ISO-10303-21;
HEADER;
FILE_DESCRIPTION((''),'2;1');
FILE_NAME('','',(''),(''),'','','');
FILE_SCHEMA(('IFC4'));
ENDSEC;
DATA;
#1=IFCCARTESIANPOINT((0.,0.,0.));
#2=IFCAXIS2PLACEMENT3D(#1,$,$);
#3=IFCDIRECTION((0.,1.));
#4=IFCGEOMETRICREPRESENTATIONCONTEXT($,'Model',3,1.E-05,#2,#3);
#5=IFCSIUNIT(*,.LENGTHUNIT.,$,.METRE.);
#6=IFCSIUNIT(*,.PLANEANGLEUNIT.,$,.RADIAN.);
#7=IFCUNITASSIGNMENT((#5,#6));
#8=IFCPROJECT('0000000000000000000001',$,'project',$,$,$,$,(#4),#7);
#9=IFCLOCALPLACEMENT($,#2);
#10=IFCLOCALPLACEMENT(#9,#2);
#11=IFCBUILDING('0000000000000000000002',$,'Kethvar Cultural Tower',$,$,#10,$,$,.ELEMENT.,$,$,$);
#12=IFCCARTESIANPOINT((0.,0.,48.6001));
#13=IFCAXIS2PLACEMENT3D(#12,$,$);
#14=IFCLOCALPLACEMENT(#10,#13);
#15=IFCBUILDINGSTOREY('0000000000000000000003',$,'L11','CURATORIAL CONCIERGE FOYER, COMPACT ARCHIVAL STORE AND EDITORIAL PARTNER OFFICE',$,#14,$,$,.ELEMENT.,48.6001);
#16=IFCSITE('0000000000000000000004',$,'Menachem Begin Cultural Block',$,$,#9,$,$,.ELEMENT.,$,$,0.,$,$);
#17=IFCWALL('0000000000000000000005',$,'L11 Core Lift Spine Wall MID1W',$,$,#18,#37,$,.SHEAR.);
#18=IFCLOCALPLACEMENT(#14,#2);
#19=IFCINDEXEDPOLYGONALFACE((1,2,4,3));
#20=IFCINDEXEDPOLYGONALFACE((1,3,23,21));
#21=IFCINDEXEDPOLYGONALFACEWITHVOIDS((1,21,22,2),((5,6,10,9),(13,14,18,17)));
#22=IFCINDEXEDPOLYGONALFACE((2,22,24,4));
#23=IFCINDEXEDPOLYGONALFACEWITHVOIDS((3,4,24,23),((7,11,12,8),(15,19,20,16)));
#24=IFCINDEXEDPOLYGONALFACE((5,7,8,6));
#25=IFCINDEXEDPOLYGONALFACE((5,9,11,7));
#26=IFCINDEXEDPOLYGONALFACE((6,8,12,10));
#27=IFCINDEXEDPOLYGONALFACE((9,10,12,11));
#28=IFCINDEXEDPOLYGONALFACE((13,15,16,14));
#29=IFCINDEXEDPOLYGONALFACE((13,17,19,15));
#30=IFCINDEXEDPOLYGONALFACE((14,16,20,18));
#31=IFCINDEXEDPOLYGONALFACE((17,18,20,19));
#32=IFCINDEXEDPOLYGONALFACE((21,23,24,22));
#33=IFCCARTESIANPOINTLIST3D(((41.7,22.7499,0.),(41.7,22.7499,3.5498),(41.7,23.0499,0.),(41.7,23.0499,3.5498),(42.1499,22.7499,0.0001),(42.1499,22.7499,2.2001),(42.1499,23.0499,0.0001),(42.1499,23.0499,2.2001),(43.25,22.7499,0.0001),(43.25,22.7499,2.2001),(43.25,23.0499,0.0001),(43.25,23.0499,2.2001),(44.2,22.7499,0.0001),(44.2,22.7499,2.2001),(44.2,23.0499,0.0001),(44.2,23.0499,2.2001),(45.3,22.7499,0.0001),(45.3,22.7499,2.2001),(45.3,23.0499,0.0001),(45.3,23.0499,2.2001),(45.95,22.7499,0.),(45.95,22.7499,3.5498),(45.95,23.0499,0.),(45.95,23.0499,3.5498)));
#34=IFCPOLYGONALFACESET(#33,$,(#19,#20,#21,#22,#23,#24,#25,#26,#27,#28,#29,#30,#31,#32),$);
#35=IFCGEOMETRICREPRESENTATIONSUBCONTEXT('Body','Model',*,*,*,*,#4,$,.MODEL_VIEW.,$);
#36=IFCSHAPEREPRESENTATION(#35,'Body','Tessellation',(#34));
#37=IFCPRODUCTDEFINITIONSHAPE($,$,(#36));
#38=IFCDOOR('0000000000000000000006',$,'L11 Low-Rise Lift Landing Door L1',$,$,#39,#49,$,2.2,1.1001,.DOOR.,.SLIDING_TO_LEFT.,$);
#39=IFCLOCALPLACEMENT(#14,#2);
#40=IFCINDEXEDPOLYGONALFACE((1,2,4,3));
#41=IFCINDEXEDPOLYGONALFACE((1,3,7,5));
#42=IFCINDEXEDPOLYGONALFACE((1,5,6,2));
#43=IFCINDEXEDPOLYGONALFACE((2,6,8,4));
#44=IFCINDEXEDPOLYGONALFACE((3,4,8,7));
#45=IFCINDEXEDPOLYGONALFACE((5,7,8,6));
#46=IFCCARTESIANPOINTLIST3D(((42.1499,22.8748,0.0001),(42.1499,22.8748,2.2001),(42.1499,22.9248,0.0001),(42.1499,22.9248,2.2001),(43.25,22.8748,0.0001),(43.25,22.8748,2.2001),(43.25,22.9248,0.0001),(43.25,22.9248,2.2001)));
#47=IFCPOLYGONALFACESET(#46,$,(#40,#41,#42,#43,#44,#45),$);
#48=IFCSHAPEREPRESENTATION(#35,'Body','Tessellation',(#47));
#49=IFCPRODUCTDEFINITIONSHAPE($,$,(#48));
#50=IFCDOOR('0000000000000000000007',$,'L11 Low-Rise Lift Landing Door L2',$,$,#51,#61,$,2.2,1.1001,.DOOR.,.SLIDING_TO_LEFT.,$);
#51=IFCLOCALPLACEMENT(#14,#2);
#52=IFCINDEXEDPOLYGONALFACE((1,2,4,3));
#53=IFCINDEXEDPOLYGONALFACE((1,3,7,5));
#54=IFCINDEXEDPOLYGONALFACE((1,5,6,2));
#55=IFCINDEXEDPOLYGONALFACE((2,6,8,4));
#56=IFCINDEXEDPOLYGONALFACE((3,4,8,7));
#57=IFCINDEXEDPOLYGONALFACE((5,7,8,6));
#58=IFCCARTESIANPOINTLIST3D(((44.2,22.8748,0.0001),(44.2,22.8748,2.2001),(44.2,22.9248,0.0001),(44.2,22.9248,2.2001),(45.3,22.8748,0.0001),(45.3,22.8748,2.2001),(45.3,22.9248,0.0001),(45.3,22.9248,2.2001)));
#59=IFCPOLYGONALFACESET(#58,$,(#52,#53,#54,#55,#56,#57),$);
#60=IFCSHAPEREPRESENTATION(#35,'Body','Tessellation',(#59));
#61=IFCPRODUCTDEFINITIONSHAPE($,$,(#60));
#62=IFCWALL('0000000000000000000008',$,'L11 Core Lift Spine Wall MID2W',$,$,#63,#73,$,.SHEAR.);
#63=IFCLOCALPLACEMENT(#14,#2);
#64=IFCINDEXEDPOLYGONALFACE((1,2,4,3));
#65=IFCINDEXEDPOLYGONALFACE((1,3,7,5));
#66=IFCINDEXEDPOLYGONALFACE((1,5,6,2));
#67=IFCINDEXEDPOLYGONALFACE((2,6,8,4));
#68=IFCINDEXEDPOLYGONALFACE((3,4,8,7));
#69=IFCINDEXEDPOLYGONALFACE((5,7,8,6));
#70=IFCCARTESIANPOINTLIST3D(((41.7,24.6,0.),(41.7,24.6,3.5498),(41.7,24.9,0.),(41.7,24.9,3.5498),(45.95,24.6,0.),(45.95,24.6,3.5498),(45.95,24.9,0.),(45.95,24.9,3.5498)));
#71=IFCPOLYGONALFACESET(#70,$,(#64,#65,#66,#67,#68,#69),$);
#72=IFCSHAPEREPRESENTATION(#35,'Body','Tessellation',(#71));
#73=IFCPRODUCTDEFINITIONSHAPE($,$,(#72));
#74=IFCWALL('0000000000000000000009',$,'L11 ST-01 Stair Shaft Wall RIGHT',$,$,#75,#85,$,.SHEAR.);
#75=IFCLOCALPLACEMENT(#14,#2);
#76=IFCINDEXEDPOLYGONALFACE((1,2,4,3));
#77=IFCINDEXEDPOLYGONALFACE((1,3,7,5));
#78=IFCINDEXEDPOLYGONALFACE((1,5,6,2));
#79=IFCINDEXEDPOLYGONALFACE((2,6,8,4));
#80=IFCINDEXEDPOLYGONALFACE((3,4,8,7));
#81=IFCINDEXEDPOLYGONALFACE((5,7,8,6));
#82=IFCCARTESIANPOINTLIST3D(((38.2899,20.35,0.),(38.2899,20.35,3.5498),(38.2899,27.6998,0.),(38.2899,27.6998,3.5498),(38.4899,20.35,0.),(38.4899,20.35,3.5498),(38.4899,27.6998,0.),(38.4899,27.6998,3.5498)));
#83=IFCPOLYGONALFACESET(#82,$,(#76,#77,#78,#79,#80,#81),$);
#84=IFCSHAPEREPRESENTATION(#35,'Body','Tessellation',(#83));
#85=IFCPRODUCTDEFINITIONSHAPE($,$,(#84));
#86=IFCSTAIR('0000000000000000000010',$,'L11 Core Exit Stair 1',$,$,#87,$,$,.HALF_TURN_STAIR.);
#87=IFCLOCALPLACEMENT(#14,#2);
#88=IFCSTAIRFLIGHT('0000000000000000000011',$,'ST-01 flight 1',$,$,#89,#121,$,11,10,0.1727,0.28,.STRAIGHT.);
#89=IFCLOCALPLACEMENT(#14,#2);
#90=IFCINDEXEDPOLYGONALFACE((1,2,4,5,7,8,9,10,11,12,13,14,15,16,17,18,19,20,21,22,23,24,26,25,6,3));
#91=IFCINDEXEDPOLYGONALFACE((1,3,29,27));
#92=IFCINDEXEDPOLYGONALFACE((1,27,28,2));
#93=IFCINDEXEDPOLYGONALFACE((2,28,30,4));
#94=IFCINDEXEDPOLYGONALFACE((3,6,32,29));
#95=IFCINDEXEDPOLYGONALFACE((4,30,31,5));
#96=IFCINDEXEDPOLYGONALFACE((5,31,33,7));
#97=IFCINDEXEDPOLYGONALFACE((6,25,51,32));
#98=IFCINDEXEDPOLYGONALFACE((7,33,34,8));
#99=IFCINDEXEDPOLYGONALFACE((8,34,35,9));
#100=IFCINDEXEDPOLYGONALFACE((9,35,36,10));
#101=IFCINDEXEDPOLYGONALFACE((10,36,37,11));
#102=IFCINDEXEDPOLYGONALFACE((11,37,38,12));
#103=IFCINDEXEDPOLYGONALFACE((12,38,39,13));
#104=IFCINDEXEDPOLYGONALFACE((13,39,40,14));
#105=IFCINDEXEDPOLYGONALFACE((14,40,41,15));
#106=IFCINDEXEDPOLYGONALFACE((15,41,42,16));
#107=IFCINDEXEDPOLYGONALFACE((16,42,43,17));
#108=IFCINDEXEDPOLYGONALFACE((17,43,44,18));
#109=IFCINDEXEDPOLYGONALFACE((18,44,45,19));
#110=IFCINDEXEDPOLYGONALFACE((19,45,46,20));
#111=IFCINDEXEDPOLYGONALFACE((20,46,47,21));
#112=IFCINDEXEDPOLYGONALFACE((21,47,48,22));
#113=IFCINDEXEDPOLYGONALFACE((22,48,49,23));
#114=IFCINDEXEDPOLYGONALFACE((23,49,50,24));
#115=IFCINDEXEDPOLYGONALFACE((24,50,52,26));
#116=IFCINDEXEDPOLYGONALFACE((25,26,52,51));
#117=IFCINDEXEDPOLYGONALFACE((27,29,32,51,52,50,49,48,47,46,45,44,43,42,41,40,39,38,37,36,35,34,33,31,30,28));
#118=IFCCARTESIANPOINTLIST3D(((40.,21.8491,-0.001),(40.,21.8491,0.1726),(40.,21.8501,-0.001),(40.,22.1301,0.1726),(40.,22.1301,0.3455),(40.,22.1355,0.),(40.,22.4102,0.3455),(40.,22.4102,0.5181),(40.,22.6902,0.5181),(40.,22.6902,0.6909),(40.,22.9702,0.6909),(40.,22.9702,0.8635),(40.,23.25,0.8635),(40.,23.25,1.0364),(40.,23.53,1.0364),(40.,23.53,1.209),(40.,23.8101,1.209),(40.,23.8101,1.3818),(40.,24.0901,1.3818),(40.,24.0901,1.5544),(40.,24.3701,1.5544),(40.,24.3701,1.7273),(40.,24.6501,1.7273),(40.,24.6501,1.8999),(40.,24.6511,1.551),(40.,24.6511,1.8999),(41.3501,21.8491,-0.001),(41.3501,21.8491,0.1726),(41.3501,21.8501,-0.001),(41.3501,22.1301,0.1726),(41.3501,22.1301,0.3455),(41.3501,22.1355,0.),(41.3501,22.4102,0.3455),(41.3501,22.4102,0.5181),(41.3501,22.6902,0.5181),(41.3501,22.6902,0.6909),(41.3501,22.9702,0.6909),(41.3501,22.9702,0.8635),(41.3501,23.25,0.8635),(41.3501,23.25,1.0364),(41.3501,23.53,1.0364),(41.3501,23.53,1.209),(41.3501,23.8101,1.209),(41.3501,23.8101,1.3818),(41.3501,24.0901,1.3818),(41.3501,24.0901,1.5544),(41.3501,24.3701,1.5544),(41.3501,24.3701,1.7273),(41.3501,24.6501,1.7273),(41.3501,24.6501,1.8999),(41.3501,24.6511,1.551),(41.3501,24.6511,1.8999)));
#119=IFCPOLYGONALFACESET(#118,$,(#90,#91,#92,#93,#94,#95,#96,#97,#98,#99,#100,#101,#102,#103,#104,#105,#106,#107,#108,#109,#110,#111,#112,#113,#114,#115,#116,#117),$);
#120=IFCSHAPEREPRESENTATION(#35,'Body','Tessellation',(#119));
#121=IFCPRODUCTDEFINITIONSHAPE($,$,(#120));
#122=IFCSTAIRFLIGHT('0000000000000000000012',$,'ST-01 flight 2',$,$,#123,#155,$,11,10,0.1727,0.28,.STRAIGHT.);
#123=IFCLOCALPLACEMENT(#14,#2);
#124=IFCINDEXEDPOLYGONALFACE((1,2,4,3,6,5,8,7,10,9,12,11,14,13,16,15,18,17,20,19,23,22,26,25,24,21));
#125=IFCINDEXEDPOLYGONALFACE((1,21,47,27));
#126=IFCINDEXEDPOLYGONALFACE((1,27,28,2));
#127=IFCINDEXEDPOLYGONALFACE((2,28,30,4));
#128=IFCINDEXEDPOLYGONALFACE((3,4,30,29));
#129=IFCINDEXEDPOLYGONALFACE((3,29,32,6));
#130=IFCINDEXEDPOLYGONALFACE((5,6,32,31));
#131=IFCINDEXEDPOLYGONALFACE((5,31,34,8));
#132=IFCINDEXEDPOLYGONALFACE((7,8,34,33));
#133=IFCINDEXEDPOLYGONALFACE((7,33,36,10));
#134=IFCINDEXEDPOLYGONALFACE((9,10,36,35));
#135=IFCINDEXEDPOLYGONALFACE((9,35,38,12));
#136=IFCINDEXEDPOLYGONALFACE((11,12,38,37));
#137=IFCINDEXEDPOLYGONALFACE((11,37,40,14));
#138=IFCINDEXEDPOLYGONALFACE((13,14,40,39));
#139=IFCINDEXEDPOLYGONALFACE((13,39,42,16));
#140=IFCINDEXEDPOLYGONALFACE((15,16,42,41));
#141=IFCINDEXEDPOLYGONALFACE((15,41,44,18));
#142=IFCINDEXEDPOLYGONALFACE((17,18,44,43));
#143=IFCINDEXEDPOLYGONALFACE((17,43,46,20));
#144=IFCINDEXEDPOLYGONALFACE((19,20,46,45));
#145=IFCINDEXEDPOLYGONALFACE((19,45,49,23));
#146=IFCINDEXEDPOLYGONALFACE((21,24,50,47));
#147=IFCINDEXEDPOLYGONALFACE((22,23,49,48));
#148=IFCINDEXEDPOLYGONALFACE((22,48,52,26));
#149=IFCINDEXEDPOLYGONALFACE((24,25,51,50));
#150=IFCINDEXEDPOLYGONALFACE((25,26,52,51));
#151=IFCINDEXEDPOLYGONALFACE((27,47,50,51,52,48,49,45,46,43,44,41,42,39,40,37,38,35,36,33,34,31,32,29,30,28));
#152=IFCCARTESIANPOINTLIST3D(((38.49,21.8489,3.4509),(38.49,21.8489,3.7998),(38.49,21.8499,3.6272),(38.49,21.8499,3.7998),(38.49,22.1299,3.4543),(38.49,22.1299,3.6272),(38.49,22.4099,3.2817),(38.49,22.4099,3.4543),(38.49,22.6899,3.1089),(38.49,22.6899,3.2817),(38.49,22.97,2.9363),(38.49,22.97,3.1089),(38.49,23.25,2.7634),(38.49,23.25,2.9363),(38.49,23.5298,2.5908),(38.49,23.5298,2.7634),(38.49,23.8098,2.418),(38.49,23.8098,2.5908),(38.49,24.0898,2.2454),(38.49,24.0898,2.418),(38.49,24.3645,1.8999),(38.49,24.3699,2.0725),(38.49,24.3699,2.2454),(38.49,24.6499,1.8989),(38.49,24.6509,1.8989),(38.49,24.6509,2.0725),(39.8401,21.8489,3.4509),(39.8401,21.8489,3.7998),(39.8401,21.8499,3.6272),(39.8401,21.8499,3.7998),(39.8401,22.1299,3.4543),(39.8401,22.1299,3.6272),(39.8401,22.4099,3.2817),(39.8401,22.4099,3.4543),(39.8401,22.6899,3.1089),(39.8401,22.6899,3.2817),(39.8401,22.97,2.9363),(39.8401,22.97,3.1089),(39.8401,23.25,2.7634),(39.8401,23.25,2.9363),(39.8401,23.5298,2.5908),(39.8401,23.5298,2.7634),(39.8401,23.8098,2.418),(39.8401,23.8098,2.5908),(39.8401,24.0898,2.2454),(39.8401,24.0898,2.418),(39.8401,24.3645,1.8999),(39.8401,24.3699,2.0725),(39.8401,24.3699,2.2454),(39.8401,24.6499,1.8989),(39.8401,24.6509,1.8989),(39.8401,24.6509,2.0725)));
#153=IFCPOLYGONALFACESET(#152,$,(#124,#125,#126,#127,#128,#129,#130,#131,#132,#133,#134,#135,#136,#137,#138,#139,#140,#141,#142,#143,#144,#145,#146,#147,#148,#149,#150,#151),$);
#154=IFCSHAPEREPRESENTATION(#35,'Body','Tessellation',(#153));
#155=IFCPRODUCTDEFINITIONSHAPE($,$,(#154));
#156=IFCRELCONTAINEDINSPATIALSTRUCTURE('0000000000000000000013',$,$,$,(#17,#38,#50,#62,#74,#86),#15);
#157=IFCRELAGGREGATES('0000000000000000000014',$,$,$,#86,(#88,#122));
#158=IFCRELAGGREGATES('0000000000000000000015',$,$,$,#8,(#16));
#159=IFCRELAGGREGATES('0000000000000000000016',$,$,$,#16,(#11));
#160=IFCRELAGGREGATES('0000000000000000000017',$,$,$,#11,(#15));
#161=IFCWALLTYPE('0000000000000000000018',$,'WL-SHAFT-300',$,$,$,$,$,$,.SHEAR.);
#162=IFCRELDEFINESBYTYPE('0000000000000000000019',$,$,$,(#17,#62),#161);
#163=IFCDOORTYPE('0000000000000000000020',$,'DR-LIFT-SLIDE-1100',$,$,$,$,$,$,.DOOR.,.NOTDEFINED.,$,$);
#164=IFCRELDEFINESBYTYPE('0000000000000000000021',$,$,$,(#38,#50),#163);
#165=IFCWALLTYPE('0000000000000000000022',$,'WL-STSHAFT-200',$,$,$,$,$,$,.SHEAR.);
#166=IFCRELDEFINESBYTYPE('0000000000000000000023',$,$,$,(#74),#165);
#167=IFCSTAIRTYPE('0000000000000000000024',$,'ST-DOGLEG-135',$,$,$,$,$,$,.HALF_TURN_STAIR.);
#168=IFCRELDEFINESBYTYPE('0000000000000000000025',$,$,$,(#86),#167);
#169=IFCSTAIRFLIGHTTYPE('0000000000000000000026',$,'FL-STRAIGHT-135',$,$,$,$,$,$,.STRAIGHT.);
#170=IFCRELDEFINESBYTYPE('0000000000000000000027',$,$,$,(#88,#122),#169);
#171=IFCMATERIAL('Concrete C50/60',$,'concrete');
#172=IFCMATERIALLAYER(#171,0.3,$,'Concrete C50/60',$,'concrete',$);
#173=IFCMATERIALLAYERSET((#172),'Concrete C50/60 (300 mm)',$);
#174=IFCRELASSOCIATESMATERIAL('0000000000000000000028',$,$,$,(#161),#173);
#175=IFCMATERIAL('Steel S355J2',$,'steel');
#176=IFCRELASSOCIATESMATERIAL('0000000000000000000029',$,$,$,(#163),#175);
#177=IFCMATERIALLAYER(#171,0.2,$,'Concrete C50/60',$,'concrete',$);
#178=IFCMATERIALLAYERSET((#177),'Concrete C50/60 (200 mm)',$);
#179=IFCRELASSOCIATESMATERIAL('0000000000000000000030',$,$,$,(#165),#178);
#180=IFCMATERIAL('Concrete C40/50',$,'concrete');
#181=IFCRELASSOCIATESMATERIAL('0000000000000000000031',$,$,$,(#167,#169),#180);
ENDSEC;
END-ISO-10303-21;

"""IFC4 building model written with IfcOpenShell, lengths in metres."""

from ifc_helpers import new_model, si_unit, direction, frame, frame_2d, origin, place, context, subcontext, project, spatial, polyline, rectangle, outline, extrude, source, transform, mapped, material, layer, layer_set, type_object, element, fill, aggregate, save


model = new_model("IFC4")

# Units and contexts
model_context = context("Model", 3, precision=1e-05, world=origin(), true_north=direction((0.0, 1.0)))
body_context = subcontext(model_context, "Body", "Model", "MODEL_VIEW")
ifc_project = project(units=[si_unit("LENGTHUNIT", "METRE"), si_unit("PLANEANGLEUNIT", "RADIAN")], contexts=[model_context])

# Site, building, storey
site_placement = place(None, origin())
site = spatial("IfcSite", under=ifc_project, at=site_placement, Name="Menachem Begin Cultural Block", CompositionType="ELEMENT", RefElevation=0.0)
building_placement = place(site_placement, origin())
building = spatial("IfcBuilding", under=site, at=building_placement, Name="Kethvar Cultural Tower", CompositionType="ELEMENT")
storey_placement = place(building_placement, frame((0.0, 0.0, 48.6001)))
storey = spatial("IfcBuildingStorey", under=building, at=storey_placement, Name="L11", Description="CURATORIAL CONCIERGE FOYER, COMPACT ARCHIVAL STORE AND EDITORIAL PARTNER OFFICE", CompositionType="ELEMENT", Elevation=48.6001)

# Shared definitions
ifc_material_1 = material(Name="Steel S355J2", Category="steel")

# Wall, openings, doors
ifc_material_2 = material(Name="Concrete C50/60", Category="concrete")
ifc_layer_1 = layer(ifc_material_2, 0.3, Name="Concrete C50/60", Category="concrete")
ifc_layer_set_1 = layer_set([ifc_layer_1], Name="Concrete C50/60 (300 mm)")
wall_type_1 = type_object("IfcWallType", Name="WL-SHAFT-300", PredefinedType="SHEAR", material=ifc_layer_set_1)
wall_1_placement = place(storey_placement, frame((41.7, 22.8999, 0.0), z_axis=(0.0, 0.0, 1.0), x_axis=(1.0, 0.0, 0.0)))
wall_1 = element("IfcWall", 1, at=wall_1_placement, inside=storey, type_object=wall_type_1, Name="L11 Core Lift Spine Wall MID1W", PredefinedType="SHEAR", context=body_context, shape_type="SweptSolid", body=[
    extrude(rectangle(XDim=4.25, YDim=0.3, at=frame_2d((2.125, 0.0))), origin(), (0.0, 0.0, 1.0), 3.5498),
])
opening_1_placement = place(wall_1_placement, frame((0.45, 0.0, 0.0)))
opening_1 = element("IfcOpeningElement", 2, at=opening_1_placement, cuts=wall_1, PredefinedType="OPENING", context=body_context, shape_type="SweptSolid", body=[
    extrude(rectangle(XDim=1.1001, YDim=2.2, at=frame_2d((0.55, 1.1001))), frame((0.0, 0.1599, 0.0), z_axis=(0.0, -1.0, 0.0), x_axis=(1.0, 0.0, 0.0)), (0.0, 0.0, 1.0), 0.3201),
])
opening_2_placement = place(wall_1_placement, frame((2.5, 0.0, 0.0)))
opening_2 = element("IfcOpeningElement", 3, at=opening_2_placement, cuts=wall_1, PredefinedType="OPENING", context=body_context, shape_type="SweptSolid", body=[
    extrude(rectangle(XDim=1.1001, YDim=2.2, at=frame_2d((0.55, 1.1001))), frame((0.0, 0.1599, 0.0), z_axis=(0.0, -1.0, 0.0), x_axis=(1.0, 0.0, 0.0)), (0.0, 0.0, 1.0), 0.3201),
])
door_type_1 = type_object("IfcDoorType", Name="DR-LIFT-SLIDE-1100", OperationType="NOTDEFINED", PredefinedType="DOOR", material=ifc_material_1)
shared_shape_1 = source(origin(), body_context, "Body", "SweptSolid", [
    extrude(rectangle(XDim=1.1001, YDim=2.2, at=frame_2d((0.55, 1.1001))), frame((0.0, 0.0249, 0.0), z_axis=(0.0, -1.0, 0.0), x_axis=(1.0, 0.0, 0.0)), (0.0, 0.0, 1.0), 0.05),
])
door_1_placement = place(opening_1_placement, origin())
door_1 = element("IfcDoor", 4, at=door_1_placement, inside=storey, type_object=door_type_1, Name="L11 Low-Rise Lift Landing Door L1", OperationType="SLIDING_TO_LEFT", OverallHeight=2.2, OverallWidth=1.1001, PredefinedType="DOOR", context=body_context, shape_type="MappedRepresentation", body=[
    mapped(shared_shape_1, transform((0.0, 0.0, 0.0), scale=1.0)),
])
fill(opening_1, door_1)
door_2_placement = place(opening_2_placement, origin())
door_2 = element("IfcDoor", 5, at=door_2_placement, inside=storey, type_object=door_type_1, Name="L11 Low-Rise Lift Landing Door L2", OperationType="SLIDING_TO_LEFT", OverallHeight=2.2, OverallWidth=1.1001, PredefinedType="DOOR", context=body_context, shape_type="MappedRepresentation", body=[
    mapped(shared_shape_1, transform((0.0, 0.0, 0.0), scale=1.0)),
])
fill(opening_2, door_2)

# Walls
wall_2_placement = place(storey_placement, frame((41.7, 24.75, 0.0), z_axis=(0.0, 0.0, 1.0), x_axis=(1.0, 0.0, 0.0)))
element("IfcWall", 6, at=wall_2_placement, inside=storey, type_object=wall_type_1, Name="L11 Core Lift Spine Wall MID2W", PredefinedType="SHEAR", context=body_context, shape_type="SweptSolid", body=[
    extrude(rectangle(XDim=4.25, YDim=0.3, at=frame_2d((2.125, 0.0))), origin(), (0.0, 0.0, 1.0), 3.5498),
])
ifc_layer_2 = layer(ifc_material_2, 0.2, Name="Concrete C50/60", Category="concrete")
ifc_layer_set_2 = layer_set([ifc_layer_2], Name="Concrete C50/60 (200 mm)")
wall_type_2 = type_object("IfcWallType", Name="WL-STSHAFT-200", PredefinedType="SHEAR", material=ifc_layer_set_2)
wall_3_placement = place(storey_placement, frame((38.3899, 20.3501, 0.0), z_axis=(0.0, 0.0, 1.0), x_axis=(0.0, 1.0, 0.0)))
element("IfcWall", 7, at=wall_3_placement, inside=storey, type_object=wall_type_2, Name="L11 ST-01 Stair Shaft Wall RIGHT", PredefinedType="SHEAR", context=body_context, shape_type="SweptSolid", body=[
    extrude(rectangle(XDim=7.3499, YDim=0.2, at=frame_2d((3.6748, 0.0))), origin(), (0.0, 0.0, 1.0), 3.5498),
])

# Stair, stair flights
ifc_material_3 = material(Name="Concrete C40/50", Category="concrete")
stair_type = type_object("IfcStairType", Name="ST-DOGLEG-135", PredefinedType="HALF_TURN_STAIR", material=ifc_material_3)
stair_placement = place(storey_placement, origin())
stair = element("IfcStair", 8, at=stair_placement, inside=storey, type_object=stair_type, Name="L11 Core Exit Stair 1", PredefinedType="HALF_TURN_STAIR")
stair_flight_type = type_object("IfcStairFlightType", Name="FL-STRAIGHT-135", PredefinedType="STRAIGHT", material=ifc_material_3)
stair_flight_1_placement = place(storey_placement, frame((40.675, 21.8501, 0.0), z_axis=(0.0, 0.0, 1.0), x_axis=(0.0, 1.0, 0.0)))
stair_flight_1 = element("IfcStairFlight", 9, at=stair_flight_1_placement, type_object=stair_flight_type, Name="ST-01 flight 1", NumberOfRisers=11, NumberOfTreads=10, PredefinedType="STRAIGHT", RiserHeight=0.1727, TreadLength=0.28, context=body_context, shape_type="SweptSolid", body=[
    extrude(outline(polyline([(-0.001, -0.001), (-0.001, 0.1726), (0.28, 0.1726), (0.28, 0.3455), (0.5601, 0.3455), (0.5601, 0.5181), (0.8401, 0.5181), (0.8401, 0.6909), (1.1201, 0.6909), (1.1201, 0.8635), (1.3999, 0.8635), (1.3999, 1.0364), (1.6799, 1.0364), (1.6799, 1.209), (1.96, 1.209), (1.96, 1.3818), (2.24, 1.3818), (2.24, 1.5544), (2.52, 1.5544), (2.52, 1.7273), (2.8, 1.7273), (2.8, 1.8999), (2.801, 1.8999), (2.801, 1.551), (0.2854, 0.0), (0.0, -0.001), (-0.001, -0.001)])), frame((0.0, 0.675, 0.0), z_axis=(0.0, -1.0, 0.0), x_axis=(1.0, 0.0, 0.0)), (0.0, 0.0, 1.0), 1.3501),
])
stair_flight_2_placement = place(storey_placement, frame((39.165, 24.6499, 1.8999), z_axis=(0.0, 0.0, 1.0), x_axis=(0.0, -1.0, 0.0)))
stair_flight_2 = element("IfcStairFlight", 10, at=stair_flight_2_placement, type_object=stair_flight_type, Name="ST-01 flight 2", NumberOfRisers=11, NumberOfTreads=10, PredefinedType="STRAIGHT", RiserHeight=0.1727, TreadLength=0.28, context=body_context, shape_type="SweptSolid", body=[
    extrude(outline(polyline([(-0.001, -0.001), (-0.001, 0.1726), (0.28, 0.1726), (0.28, 0.3455), (0.5601, 0.3455), (0.5601, 0.5181), (0.8401, 0.5181), (0.8401, 0.6909), (1.1201, 0.6909), (1.1201, 0.8635), (1.3999, 0.8635), (1.3999, 1.0364), (1.6799, 1.0364), (1.6799, 1.209), (1.96, 1.209), (1.96, 1.3818), (2.24, 1.3818), (2.24, 1.5544), (2.52, 1.5544), (2.52, 1.7273), (2.8, 1.7273), (2.8, 1.8999), (2.801, 1.8999), (2.801, 1.551), (0.2854, 0.0), (0.0, -0.001), (-0.001, -0.001)])), frame((0.0, 0.675, 0.0), z_axis=(0.0, -1.0, 0.0), x_axis=(1.0, 0.0, 0.0)), (0.0, 0.0, 1.0), 1.3501),
])
aggregate(stair, [stair_flight_1, stair_flight_2])

save(model, "model.ifc")
